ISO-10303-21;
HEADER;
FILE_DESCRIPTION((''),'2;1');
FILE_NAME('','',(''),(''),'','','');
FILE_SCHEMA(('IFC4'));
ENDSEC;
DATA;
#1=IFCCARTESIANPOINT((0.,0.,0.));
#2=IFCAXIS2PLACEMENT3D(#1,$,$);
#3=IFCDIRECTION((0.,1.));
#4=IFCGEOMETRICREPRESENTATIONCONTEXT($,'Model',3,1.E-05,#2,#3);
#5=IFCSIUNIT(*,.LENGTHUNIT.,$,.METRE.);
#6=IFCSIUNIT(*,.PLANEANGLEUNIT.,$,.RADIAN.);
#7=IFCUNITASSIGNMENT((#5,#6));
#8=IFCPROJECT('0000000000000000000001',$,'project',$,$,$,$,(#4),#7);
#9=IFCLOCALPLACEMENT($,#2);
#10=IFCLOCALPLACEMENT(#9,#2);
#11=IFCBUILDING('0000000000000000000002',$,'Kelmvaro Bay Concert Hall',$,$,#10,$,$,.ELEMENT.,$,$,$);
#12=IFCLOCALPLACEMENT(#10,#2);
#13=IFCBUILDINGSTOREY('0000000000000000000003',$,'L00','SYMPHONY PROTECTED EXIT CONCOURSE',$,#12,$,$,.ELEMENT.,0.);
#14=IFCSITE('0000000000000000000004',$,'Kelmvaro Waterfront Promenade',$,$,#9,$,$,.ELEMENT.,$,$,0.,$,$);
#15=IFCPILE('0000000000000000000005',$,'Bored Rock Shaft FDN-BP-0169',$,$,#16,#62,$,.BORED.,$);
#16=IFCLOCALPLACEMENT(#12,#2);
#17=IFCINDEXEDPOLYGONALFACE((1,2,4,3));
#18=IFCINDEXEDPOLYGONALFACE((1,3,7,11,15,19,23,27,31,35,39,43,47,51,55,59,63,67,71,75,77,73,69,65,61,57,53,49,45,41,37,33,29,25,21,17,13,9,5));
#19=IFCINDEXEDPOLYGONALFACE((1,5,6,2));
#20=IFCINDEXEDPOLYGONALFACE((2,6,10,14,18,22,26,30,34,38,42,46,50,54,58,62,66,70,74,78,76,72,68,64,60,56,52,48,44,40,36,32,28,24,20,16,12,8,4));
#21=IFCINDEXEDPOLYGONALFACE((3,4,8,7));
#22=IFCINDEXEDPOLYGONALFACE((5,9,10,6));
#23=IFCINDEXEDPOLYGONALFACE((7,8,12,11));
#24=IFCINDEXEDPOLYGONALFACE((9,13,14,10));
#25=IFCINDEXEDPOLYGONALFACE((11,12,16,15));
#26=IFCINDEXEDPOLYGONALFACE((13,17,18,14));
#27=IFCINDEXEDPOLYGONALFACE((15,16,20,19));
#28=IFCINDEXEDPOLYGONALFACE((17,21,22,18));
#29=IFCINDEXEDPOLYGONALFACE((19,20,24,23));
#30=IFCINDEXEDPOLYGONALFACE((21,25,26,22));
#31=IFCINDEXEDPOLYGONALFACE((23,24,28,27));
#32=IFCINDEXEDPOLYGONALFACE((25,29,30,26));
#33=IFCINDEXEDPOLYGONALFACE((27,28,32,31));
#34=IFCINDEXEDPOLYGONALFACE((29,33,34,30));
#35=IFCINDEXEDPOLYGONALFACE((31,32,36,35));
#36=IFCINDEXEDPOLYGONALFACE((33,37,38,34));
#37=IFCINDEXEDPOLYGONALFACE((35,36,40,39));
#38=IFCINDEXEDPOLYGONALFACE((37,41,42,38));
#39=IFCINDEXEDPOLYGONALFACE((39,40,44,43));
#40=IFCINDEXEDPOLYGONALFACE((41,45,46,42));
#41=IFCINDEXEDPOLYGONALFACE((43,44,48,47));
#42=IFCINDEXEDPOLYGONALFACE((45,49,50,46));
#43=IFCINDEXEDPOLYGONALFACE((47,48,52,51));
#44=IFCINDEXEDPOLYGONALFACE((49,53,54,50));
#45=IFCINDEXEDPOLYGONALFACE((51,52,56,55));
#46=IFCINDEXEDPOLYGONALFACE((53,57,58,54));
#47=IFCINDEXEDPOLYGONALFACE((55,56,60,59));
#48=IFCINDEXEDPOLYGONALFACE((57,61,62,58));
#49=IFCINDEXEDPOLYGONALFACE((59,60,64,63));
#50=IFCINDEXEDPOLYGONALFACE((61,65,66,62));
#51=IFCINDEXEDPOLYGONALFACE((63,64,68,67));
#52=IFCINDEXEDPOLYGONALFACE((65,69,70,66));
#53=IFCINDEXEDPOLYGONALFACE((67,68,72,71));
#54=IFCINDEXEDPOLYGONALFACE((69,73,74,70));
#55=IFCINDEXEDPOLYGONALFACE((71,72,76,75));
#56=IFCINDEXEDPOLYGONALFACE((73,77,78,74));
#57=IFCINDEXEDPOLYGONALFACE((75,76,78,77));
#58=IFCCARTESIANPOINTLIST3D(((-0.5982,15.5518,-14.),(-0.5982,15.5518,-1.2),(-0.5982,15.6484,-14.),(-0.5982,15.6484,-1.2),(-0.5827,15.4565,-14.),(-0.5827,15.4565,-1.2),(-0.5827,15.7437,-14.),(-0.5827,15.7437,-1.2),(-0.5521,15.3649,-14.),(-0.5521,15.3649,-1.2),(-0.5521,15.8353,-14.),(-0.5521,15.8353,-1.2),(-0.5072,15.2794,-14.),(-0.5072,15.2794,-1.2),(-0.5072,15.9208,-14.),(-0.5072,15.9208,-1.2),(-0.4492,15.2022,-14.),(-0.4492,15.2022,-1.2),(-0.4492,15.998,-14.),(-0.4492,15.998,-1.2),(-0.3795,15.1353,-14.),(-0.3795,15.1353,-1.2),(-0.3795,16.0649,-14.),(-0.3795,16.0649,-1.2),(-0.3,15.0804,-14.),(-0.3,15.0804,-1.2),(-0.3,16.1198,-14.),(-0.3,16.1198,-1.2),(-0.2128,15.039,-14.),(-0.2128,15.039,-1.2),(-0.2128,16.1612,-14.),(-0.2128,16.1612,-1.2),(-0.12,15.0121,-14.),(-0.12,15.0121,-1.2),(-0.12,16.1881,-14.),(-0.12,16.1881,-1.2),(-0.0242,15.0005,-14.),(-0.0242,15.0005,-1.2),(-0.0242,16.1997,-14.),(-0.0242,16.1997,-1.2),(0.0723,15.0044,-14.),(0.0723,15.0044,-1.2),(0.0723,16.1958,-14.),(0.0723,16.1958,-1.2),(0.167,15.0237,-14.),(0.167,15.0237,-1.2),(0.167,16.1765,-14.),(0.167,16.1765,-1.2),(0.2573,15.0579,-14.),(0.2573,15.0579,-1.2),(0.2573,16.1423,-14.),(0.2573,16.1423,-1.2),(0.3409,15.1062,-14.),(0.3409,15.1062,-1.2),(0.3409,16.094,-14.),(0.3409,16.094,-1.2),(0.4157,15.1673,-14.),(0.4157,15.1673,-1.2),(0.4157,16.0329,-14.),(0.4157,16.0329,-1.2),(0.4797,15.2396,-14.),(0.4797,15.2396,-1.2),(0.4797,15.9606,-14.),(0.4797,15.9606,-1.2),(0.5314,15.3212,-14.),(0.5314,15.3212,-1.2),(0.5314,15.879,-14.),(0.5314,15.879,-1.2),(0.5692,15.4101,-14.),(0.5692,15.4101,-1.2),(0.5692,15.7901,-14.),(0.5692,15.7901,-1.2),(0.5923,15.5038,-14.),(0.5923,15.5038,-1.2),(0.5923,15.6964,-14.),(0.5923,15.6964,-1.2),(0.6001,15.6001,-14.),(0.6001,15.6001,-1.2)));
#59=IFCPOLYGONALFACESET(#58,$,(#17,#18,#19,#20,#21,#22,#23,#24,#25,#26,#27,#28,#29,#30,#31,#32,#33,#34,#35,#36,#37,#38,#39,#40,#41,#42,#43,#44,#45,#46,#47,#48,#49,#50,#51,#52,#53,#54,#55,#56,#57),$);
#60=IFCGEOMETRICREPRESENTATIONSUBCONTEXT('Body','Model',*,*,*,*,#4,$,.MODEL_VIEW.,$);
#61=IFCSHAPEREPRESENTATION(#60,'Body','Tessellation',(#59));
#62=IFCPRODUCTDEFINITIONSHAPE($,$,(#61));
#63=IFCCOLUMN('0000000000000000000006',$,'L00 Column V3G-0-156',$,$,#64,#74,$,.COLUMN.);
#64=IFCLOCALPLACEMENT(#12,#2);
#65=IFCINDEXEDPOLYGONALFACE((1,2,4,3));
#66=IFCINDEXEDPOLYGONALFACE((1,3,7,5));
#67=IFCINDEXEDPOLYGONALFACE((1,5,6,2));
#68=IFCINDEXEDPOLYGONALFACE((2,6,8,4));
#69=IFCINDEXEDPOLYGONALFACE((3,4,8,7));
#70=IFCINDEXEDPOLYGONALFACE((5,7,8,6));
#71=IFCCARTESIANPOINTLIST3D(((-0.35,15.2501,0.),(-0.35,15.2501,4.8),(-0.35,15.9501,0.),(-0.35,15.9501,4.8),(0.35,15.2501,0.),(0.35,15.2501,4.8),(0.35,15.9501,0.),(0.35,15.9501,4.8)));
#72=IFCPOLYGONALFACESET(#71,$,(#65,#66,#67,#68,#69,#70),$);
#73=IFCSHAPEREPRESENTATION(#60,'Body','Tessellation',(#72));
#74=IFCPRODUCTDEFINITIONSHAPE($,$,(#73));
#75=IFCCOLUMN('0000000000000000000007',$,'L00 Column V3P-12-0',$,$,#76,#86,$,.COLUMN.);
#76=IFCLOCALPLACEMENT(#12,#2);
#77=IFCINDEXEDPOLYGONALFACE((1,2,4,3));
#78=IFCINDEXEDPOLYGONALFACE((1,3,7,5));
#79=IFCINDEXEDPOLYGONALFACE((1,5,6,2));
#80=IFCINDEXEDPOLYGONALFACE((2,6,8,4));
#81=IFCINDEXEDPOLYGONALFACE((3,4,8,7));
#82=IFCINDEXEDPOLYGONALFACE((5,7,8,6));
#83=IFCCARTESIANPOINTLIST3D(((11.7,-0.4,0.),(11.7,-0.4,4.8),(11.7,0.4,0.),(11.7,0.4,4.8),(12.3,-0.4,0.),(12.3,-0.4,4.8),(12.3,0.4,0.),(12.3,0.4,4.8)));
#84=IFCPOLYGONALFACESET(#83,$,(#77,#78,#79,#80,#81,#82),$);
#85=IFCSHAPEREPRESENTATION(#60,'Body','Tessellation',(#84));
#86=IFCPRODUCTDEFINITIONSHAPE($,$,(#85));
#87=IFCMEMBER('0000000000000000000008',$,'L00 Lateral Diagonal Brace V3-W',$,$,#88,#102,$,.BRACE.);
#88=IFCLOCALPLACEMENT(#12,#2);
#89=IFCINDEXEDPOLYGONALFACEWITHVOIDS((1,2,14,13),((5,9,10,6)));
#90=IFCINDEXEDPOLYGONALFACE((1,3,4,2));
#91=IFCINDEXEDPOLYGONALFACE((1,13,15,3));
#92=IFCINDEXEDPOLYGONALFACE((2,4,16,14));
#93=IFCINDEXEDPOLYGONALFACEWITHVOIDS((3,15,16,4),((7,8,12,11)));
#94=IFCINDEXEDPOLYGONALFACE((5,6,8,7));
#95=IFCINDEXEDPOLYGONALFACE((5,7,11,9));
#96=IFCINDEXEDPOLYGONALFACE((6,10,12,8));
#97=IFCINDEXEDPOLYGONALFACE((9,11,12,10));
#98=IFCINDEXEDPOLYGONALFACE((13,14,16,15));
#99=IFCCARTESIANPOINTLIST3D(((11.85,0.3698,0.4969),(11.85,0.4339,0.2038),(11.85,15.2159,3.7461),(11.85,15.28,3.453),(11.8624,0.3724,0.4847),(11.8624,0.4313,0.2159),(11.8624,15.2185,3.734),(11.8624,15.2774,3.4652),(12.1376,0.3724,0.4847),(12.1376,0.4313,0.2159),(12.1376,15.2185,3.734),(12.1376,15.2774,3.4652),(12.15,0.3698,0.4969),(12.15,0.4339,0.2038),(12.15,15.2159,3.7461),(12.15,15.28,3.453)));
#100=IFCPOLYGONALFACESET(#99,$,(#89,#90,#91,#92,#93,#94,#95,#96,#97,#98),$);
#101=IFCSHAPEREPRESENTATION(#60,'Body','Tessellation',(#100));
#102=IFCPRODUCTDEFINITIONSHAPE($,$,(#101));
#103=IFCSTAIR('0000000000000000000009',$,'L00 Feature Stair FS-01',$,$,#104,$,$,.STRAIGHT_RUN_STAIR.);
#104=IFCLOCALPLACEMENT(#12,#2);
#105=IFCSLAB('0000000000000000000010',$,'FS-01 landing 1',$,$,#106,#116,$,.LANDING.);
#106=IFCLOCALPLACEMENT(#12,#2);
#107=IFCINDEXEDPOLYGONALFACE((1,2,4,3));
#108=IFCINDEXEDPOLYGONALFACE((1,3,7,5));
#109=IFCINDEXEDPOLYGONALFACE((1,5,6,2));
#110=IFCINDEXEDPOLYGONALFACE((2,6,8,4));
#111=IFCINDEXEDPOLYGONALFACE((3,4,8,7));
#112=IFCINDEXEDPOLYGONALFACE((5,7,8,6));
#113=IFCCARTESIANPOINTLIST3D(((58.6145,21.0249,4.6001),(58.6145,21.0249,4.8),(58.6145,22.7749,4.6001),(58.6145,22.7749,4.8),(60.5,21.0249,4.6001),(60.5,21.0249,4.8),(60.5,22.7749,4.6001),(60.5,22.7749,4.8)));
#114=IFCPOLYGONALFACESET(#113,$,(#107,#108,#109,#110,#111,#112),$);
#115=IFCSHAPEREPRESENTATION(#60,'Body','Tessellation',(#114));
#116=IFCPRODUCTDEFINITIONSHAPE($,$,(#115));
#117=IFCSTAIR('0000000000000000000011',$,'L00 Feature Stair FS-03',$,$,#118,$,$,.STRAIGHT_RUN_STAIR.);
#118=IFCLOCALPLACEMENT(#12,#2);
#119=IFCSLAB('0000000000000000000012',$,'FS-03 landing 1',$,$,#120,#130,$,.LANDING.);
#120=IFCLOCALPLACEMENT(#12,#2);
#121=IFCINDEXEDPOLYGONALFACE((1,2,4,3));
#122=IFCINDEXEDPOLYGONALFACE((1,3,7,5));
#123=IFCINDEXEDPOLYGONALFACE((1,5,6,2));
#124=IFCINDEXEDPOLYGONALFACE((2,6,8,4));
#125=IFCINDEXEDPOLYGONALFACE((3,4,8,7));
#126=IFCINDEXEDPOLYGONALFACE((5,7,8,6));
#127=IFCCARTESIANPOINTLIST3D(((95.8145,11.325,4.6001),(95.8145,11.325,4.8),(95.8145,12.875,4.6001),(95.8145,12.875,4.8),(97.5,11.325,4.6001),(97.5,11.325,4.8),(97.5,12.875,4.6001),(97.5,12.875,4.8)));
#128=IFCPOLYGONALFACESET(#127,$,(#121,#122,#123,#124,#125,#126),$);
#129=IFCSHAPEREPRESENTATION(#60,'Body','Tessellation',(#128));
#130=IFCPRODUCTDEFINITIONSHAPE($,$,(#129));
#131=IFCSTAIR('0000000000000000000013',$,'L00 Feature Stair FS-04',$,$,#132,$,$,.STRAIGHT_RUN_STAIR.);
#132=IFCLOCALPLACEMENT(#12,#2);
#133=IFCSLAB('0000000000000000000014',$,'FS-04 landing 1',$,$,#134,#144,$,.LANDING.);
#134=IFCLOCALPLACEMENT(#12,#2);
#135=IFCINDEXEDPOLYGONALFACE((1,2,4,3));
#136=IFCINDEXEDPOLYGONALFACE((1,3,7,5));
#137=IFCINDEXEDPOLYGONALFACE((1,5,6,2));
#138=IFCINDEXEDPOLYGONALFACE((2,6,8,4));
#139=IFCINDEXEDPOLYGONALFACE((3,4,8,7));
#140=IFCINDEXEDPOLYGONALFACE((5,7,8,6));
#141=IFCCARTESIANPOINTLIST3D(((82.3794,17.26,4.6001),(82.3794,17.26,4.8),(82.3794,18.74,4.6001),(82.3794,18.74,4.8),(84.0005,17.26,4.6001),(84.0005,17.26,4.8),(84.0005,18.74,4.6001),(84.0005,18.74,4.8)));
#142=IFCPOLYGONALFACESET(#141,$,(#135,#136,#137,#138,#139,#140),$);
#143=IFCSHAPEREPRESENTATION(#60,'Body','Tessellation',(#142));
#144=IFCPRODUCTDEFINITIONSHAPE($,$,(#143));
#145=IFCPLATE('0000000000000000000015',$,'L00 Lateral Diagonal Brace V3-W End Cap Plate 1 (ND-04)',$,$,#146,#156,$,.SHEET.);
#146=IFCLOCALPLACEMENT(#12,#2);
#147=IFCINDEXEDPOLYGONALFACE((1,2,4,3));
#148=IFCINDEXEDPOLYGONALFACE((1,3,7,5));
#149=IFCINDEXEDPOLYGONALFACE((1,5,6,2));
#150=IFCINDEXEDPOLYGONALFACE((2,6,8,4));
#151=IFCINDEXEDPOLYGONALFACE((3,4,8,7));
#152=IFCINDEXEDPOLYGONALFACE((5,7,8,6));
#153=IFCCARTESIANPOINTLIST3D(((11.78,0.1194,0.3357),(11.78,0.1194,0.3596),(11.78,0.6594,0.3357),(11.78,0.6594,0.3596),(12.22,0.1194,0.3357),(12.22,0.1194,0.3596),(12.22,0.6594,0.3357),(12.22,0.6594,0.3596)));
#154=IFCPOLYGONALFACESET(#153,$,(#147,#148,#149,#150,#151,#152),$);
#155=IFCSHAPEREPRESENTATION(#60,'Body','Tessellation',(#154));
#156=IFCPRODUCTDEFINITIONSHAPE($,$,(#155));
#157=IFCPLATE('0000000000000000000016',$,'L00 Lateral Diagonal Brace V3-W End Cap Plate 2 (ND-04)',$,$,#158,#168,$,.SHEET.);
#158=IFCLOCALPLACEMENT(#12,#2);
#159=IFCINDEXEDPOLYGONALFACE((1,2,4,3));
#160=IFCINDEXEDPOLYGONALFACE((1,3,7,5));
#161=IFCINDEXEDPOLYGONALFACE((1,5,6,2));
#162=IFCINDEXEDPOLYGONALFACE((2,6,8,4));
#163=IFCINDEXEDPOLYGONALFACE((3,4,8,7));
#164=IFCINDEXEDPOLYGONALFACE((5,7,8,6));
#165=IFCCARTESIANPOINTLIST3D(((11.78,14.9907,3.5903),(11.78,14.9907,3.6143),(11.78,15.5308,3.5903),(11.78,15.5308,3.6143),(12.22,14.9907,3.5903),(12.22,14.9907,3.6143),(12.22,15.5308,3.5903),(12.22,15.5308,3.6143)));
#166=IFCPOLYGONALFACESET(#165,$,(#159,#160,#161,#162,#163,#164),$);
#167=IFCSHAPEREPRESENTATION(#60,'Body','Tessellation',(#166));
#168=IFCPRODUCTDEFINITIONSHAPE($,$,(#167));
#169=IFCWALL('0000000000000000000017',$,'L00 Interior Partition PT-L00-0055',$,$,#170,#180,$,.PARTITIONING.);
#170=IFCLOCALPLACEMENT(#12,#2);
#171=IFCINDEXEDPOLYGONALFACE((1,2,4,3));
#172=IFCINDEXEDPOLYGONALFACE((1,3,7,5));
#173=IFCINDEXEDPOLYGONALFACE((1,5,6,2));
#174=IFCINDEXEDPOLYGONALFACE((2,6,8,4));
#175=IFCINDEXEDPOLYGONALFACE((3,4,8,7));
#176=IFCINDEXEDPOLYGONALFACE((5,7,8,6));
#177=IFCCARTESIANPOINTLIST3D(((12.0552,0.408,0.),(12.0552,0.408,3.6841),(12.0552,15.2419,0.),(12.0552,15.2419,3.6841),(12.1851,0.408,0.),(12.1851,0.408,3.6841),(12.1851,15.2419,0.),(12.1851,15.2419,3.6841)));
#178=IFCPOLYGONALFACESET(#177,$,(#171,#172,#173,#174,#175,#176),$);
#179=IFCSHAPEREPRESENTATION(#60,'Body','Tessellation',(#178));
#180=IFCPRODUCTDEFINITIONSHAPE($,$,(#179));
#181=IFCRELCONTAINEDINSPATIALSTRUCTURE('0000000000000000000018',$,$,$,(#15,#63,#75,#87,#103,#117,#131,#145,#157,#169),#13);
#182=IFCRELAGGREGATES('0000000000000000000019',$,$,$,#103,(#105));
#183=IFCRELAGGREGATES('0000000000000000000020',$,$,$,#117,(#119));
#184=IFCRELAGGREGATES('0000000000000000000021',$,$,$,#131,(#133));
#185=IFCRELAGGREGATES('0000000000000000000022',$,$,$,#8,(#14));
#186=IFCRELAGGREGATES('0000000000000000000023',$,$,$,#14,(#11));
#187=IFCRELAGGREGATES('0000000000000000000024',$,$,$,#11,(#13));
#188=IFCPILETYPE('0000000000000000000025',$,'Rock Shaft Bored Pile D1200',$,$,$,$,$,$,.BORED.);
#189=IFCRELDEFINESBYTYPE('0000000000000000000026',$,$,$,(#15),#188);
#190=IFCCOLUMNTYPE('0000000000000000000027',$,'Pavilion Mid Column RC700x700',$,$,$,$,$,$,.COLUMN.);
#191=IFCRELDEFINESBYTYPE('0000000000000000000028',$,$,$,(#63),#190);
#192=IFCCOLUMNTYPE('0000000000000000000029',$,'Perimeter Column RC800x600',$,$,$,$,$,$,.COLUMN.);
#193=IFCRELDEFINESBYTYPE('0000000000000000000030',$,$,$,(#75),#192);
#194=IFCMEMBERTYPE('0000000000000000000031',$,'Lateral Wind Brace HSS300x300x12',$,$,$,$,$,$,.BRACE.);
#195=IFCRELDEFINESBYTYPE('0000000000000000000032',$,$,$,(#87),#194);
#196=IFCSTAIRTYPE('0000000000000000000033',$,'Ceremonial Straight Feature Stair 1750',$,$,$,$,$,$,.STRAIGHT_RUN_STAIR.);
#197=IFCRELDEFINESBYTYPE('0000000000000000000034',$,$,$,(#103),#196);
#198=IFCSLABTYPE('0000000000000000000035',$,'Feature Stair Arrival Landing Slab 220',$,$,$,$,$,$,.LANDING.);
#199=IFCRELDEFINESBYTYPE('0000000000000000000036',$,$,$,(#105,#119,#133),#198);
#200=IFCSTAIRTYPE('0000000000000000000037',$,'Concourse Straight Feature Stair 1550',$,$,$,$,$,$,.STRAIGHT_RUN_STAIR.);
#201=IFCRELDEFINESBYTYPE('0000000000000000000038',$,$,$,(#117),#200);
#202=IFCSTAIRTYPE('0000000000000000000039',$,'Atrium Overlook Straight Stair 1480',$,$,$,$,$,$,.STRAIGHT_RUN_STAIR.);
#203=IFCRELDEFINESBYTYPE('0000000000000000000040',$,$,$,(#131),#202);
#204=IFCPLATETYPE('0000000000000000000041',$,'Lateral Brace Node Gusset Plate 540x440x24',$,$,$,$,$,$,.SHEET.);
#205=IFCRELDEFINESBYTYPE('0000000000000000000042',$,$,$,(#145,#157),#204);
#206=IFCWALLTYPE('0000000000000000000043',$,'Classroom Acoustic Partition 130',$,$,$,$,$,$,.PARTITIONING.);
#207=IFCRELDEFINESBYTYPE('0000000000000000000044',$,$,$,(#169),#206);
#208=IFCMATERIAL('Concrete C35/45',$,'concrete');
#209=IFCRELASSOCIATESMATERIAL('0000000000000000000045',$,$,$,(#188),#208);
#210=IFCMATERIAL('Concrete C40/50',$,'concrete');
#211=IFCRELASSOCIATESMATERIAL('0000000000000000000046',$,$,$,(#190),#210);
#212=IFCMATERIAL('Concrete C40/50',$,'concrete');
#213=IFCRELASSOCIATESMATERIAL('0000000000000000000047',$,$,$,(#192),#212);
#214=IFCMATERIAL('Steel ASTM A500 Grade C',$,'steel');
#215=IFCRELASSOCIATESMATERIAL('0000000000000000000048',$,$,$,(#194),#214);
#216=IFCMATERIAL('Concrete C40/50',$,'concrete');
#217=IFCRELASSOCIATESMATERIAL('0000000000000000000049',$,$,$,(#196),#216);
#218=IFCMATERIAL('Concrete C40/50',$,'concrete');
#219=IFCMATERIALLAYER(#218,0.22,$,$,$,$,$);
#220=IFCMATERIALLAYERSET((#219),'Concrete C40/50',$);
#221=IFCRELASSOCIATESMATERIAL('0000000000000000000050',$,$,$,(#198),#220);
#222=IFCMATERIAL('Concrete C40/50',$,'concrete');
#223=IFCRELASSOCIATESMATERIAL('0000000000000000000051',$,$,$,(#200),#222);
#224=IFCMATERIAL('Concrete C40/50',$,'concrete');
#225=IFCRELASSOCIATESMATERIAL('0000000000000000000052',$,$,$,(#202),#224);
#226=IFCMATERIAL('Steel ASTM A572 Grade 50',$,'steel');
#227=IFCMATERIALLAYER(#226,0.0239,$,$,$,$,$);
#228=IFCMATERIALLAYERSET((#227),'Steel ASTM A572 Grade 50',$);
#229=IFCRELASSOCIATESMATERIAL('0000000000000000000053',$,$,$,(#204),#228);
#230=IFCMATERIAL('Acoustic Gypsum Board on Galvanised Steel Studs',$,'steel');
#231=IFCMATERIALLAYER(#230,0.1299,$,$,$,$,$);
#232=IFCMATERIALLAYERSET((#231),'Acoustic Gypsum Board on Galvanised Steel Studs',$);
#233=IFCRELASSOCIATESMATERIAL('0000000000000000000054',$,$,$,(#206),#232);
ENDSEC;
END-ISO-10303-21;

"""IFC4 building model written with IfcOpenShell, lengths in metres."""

from ifc_helpers import new_model, si_unit, direction, frame, frame_2d, origin, origin_2d, place, context, subcontext, project, spatial, polyline, rectangle, hollow_rectangle, circle, outline, extrude, material, layer, layer_set, material_profile, profile_set, type_object, element, aggregate, save


model = new_model("IFC4")

# Units and contexts
model_context = context("Model", 3, precision=1e-05, world=origin(), true_north=direction((0.0, 1.0)))
body_context = subcontext(model_context, "Body", "Model", "MODEL_VIEW")
ifc_project = project(units=[si_unit("LENGTHUNIT", "METRE"), si_unit("PLANEANGLEUNIT", "RADIAN")], contexts=[model_context])

# Site, building, storey
site_placement = place(None, origin())
site = spatial("IfcSite", under=ifc_project, at=site_placement, Name="Kelmvaro Waterfront Promenade", CompositionType="ELEMENT", RefElevation=0.0)
building_placement = place(site_placement, origin())
building = spatial("IfcBuilding", under=site, at=building_placement, Name="Kelmvaro Bay Concert Hall", CompositionType="ELEMENT")
storey_placement = place(building_placement, origin())
storey = spatial("IfcBuildingStorey", under=building, at=storey_placement, Name="L00", Description="SYMPHONY PROTECTED EXIT CONCOURSE", CompositionType="ELEMENT", Elevation=0.0)

# Pile
ifc_material_1 = material(Name="Concrete C35/45", Category="concrete")
ifc_material_profile_1 = material_profile(ifc_material_1, circle(Radius=0.6001, at=origin_2d()), Name="PILE-BORED-1200")
ifc_profile_set_1 = profile_set([ifc_material_profile_1], Name="Concrete C35/45")
pile_type_1 = type_object("IfcPileType", Name="Rock Shaft Bored Pile D1200", PredefinedType="BORED", material=ifc_profile_set_1)
pile_placement = place(storey_placement, frame((0.0, 15.6001, -1.2), z_axis=(0.0, 0.0, -1.0), x_axis=(1.0, 0.0, 0.0)))
element("IfcPile", 1, at=pile_placement, inside=storey, type_object=pile_type_1, Name="Bored Rock Shaft FDN-BP-0169", PredefinedType="BORED", context=body_context, shape_type="SweptSolid", body=[
    extrude(circle(Radius=0.6001, at=origin_2d()), origin(), (0.0, 0.0, 1.0), 12.8),
])

# Columns
ifc_material_2 = material(Name="Concrete C40/50", Category="concrete")
ifc_material_profile_2 = material_profile(ifc_material_2, rectangle(XDim=0.7, YDim=0.7, at=origin_2d()), Name="RC-COL-700X700")
ifc_profile_set_2 = profile_set([ifc_material_profile_2], Name="Concrete C40/50")
column_type_1 = type_object("IfcColumnType", Name="Pavilion Mid Column RC700x700", PredefinedType="COLUMN", material=ifc_profile_set_2)
column_1_placement = place(storey_placement, frame((0.0, 15.6001, 0.0), z_axis=(0.0, 0.0, 1.0), x_axis=(1.0, 0.0, 0.0)))
element("IfcColumn", 2, at=column_1_placement, inside=storey, type_object=column_type_1, Name="L00 Column V3G-0-156", PredefinedType="COLUMN", context=body_context, shape_type="SweptSolid", body=[
    extrude(rectangle(XDim=0.7, YDim=0.7, at=origin_2d()), origin(), (0.0, 0.0, 1.0), 4.8),
])
ifc_material_3 = material(Name="Concrete C40/50", Category="concrete")
ifc_material_profile_3 = material_profile(ifc_material_3, rectangle(XDim=0.6001, YDim=0.8, at=origin_2d()), Name="RC-COL-800X600")
ifc_profile_set_3 = profile_set([ifc_material_profile_3], Name="Concrete C40/50")
column_type_2 = type_object("IfcColumnType", Name="Perimeter Column RC800x600", PredefinedType="COLUMN", material=ifc_profile_set_3)
column_2_placement = place(storey_placement, frame((12.0, 0.0, 0.0), z_axis=(0.0, 0.0, 1.0), x_axis=(1.0, 0.0, 0.0)))
element("IfcColumn", 3, at=column_2_placement, inside=storey, type_object=column_type_2, Name="L00 Column V3P-12-0", PredefinedType="COLUMN", context=body_context, shape_type="SweptSolid", body=[
    extrude(rectangle(XDim=0.6001, YDim=0.8, at=origin_2d()), origin(), (0.0, 0.0, 1.0), 4.8),
])

# Member
ifc_material_4 = material(Name="Steel ASTM A500 Grade C", Category="steel")
ifc_material_profile_4 = material_profile(ifc_material_4, hollow_rectangle(XDim=0.3, YDim=0.3, WallThickness=0.0125, at=origin_2d()), Name="HSS300X300X12")
ifc_profile_set_4 = profile_set([ifc_material_profile_4], Name="Steel ASTM A500 Grade C")
member_type = type_object("IfcMemberType", Name="Lateral Wind Brace HSS300x300x12", PredefinedType="BRACE", material=ifc_profile_set_4)
member_placement = place(storey_placement, frame((12.0, 0.4019, 0.3503), z_axis=(0.0, 0.976877, 0.213801), x_axis=(-1.0, 0.0, 0.0)))
element("IfcMember", 4, at=member_placement, inside=storey, type_object=member_type, Name="L00 Lateral Diagonal Brace V3-W", PredefinedType="BRACE", context=body_context, shape_type="SweptSolid", body=[
    extrude(hollow_rectangle(XDim=0.3, YDim=0.3, WallThickness=0.0125, at=origin_2d()), origin(), (0.0, 0.0, 1.0), 15.1975),
])

# Stairs, slabs
ifc_material_5 = material(Name="Concrete C40/50", Category="concrete")
stair_type_1 = type_object("IfcStairType", Name="Ceremonial Straight Feature Stair 1750", PredefinedType="STRAIGHT_RUN_STAIR", material=ifc_material_5)
stair_1_placement = place(storey_placement, origin())
stair_1 = element("IfcStair", 5, at=stair_1_placement, inside=storey, type_object=stair_type_1, Name="L00 Feature Stair FS-01", PredefinedType="STRAIGHT_RUN_STAIR")
ifc_material_6 = material(Name="Concrete C40/50", Category="concrete")
ifc_layer_1 = layer(ifc_material_6, 0.22)
ifc_layer_set_1 = layer_set([ifc_layer_1], Name="Concrete C40/50")
slab_type = type_object("IfcSlabType", Name="Feature Stair Arrival Landing Slab 220", PredefinedType="LANDING", material=ifc_layer_set_1)
slab_1_placement = place(storey_placement, frame((0.0, 0.0, 4.6001)))
slab_1 = element("IfcSlab", 6, at=slab_1_placement, type_object=slab_type, Name="FS-01 landing 1", PredefinedType="LANDING", context=body_context, shape_type="SweptSolid", body=[
    extrude(outline(polyline([(58.6145, 21.0249), (60.5, 21.0249), (60.5, 22.7749), (58.6145, 22.7749), (58.6145, 21.0249)])), origin(), (0.0, 0.0, 1.0), 0.2),
])
aggregate(stair_1, [slab_1])
ifc_material_7 = material(Name="Concrete C40/50", Category="concrete")
stair_type_2 = type_object("IfcStairType", Name="Concourse Straight Feature Stair 1550", PredefinedType="STRAIGHT_RUN_STAIR", material=ifc_material_7)
stair_2_placement = place(storey_placement, origin())
stair_2 = element("IfcStair", 7, at=stair_2_placement, inside=storey, type_object=stair_type_2, Name="L00 Feature Stair FS-03", PredefinedType="STRAIGHT_RUN_STAIR")
slab_2_placement = place(storey_placement, frame((0.0, 0.0, 4.6001)))
slab_2 = element("IfcSlab", 8, at=slab_2_placement, type_object=slab_type, Name="FS-03 landing 1", PredefinedType="LANDING", context=body_context, shape_type="SweptSolid", body=[
    extrude(outline(polyline([(95.8145, 11.325), (97.5, 11.325), (97.5, 12.875), (95.8145, 12.875), (95.8145, 11.325)])), origin(), (0.0, 0.0, 1.0), 0.2),
])
aggregate(stair_2, [slab_2])
ifc_material_8 = material(Name="Concrete C40/50", Category="concrete")
stair_type_3 = type_object("IfcStairType", Name="Atrium Overlook Straight Stair 1480", PredefinedType="STRAIGHT_RUN_STAIR", material=ifc_material_8)
stair_3_placement = place(storey_placement, origin())
stair_3 = element("IfcStair", 9, at=stair_3_placement, inside=storey, type_object=stair_type_3, Name="L00 Feature Stair FS-04", PredefinedType="STRAIGHT_RUN_STAIR")
slab_3_placement = place(storey_placement, frame((0.0, 0.0, 4.6001)))
slab_3 = element("IfcSlab", 10, at=slab_3_placement, type_object=slab_type, Name="FS-04 landing 1", PredefinedType="LANDING", context=body_context, shape_type="SweptSolid", body=[
    extrude(outline(polyline([(82.3794, 17.26), (84.0005, 17.26), (84.0005, 18.74), (82.3794, 18.74), (82.3794, 17.26)])), origin(), (0.0, 0.0, 1.0), 0.2),
])
aggregate(stair_3, [slab_3])

# Plates
ifc_material_9 = material(Name="Steel ASTM A572 Grade 50", Category="steel")
ifc_layer_2 = layer(ifc_material_9, 0.0239)
ifc_layer_set_2 = layer_set([ifc_layer_2], Name="Steel ASTM A572 Grade 50")
plate_type = type_object("IfcPlateType", Name="Lateral Brace Node Gusset Plate 540x440x24", PredefinedType="SHEET", material=ifc_layer_set_2)
for number, where, z_axis, x_axis, name in (
    (11, (12.0, 0.3894, 0.3357), (0.0, 0.0, 1.0), (0.0, 1.0, 0.0), "L00 Lateral Diagonal Brace V3-W End Cap Plate 1 (ND-04)"),
    (12, (12.0, 15.2607, 3.5903), (0.0, 0.0, 1.0), (0.0, 1.0, 0.0), "L00 Lateral Diagonal Brace V3-W End Cap Plate 2 (ND-04)"),
):
    element("IfcPlate", number, at=place(storey_placement, frame(where, z_axis=z_axis, x_axis=x_axis)), inside=storey, type_object=plate_type, Name=name, PredefinedType="SHEET", context=body_context, shape_type="SweptSolid", body=[
        extrude(rectangle(XDim=0.54, YDim=0.4399, at=origin_2d()), origin(), (0.0, 0.0, 1.0), 0.0239),
    ])

# Wall
ifc_material_10 = material(Name="Acoustic Gypsum Board on Galvanised Steel Studs", Category="steel")
ifc_layer_3 = layer(ifc_material_10, 0.1299)
ifc_layer_set_3 = layer_set([ifc_layer_3], Name="Acoustic Gypsum Board on Galvanised Steel Studs")
wall_type_1 = type_object("IfcWallType", Name="Classroom Acoustic Partition 130", PredefinedType="PARTITIONING", material=ifc_layer_set_3)
wall_1_placement = place(storey_placement, frame((12.1201, 0.408, 0.0), z_axis=(0.0, 0.0, 1.0), x_axis=(0.0, 1.0, 0.0)))
element("IfcWall", 13, at=wall_1_placement, inside=storey, type_object=wall_type_1, Name="L00 Interior Partition PT-L00-0055", PredefinedType="PARTITIONING", context=body_context, shape_type="SweptSolid", body=[
    extrude(rectangle(XDim=14.834, YDim=0.1299, at=frame_2d((7.417, 0.0))), origin(), (0.0, 0.0, 1.0), 3.6841),
])

save(model, "model.ifc")
